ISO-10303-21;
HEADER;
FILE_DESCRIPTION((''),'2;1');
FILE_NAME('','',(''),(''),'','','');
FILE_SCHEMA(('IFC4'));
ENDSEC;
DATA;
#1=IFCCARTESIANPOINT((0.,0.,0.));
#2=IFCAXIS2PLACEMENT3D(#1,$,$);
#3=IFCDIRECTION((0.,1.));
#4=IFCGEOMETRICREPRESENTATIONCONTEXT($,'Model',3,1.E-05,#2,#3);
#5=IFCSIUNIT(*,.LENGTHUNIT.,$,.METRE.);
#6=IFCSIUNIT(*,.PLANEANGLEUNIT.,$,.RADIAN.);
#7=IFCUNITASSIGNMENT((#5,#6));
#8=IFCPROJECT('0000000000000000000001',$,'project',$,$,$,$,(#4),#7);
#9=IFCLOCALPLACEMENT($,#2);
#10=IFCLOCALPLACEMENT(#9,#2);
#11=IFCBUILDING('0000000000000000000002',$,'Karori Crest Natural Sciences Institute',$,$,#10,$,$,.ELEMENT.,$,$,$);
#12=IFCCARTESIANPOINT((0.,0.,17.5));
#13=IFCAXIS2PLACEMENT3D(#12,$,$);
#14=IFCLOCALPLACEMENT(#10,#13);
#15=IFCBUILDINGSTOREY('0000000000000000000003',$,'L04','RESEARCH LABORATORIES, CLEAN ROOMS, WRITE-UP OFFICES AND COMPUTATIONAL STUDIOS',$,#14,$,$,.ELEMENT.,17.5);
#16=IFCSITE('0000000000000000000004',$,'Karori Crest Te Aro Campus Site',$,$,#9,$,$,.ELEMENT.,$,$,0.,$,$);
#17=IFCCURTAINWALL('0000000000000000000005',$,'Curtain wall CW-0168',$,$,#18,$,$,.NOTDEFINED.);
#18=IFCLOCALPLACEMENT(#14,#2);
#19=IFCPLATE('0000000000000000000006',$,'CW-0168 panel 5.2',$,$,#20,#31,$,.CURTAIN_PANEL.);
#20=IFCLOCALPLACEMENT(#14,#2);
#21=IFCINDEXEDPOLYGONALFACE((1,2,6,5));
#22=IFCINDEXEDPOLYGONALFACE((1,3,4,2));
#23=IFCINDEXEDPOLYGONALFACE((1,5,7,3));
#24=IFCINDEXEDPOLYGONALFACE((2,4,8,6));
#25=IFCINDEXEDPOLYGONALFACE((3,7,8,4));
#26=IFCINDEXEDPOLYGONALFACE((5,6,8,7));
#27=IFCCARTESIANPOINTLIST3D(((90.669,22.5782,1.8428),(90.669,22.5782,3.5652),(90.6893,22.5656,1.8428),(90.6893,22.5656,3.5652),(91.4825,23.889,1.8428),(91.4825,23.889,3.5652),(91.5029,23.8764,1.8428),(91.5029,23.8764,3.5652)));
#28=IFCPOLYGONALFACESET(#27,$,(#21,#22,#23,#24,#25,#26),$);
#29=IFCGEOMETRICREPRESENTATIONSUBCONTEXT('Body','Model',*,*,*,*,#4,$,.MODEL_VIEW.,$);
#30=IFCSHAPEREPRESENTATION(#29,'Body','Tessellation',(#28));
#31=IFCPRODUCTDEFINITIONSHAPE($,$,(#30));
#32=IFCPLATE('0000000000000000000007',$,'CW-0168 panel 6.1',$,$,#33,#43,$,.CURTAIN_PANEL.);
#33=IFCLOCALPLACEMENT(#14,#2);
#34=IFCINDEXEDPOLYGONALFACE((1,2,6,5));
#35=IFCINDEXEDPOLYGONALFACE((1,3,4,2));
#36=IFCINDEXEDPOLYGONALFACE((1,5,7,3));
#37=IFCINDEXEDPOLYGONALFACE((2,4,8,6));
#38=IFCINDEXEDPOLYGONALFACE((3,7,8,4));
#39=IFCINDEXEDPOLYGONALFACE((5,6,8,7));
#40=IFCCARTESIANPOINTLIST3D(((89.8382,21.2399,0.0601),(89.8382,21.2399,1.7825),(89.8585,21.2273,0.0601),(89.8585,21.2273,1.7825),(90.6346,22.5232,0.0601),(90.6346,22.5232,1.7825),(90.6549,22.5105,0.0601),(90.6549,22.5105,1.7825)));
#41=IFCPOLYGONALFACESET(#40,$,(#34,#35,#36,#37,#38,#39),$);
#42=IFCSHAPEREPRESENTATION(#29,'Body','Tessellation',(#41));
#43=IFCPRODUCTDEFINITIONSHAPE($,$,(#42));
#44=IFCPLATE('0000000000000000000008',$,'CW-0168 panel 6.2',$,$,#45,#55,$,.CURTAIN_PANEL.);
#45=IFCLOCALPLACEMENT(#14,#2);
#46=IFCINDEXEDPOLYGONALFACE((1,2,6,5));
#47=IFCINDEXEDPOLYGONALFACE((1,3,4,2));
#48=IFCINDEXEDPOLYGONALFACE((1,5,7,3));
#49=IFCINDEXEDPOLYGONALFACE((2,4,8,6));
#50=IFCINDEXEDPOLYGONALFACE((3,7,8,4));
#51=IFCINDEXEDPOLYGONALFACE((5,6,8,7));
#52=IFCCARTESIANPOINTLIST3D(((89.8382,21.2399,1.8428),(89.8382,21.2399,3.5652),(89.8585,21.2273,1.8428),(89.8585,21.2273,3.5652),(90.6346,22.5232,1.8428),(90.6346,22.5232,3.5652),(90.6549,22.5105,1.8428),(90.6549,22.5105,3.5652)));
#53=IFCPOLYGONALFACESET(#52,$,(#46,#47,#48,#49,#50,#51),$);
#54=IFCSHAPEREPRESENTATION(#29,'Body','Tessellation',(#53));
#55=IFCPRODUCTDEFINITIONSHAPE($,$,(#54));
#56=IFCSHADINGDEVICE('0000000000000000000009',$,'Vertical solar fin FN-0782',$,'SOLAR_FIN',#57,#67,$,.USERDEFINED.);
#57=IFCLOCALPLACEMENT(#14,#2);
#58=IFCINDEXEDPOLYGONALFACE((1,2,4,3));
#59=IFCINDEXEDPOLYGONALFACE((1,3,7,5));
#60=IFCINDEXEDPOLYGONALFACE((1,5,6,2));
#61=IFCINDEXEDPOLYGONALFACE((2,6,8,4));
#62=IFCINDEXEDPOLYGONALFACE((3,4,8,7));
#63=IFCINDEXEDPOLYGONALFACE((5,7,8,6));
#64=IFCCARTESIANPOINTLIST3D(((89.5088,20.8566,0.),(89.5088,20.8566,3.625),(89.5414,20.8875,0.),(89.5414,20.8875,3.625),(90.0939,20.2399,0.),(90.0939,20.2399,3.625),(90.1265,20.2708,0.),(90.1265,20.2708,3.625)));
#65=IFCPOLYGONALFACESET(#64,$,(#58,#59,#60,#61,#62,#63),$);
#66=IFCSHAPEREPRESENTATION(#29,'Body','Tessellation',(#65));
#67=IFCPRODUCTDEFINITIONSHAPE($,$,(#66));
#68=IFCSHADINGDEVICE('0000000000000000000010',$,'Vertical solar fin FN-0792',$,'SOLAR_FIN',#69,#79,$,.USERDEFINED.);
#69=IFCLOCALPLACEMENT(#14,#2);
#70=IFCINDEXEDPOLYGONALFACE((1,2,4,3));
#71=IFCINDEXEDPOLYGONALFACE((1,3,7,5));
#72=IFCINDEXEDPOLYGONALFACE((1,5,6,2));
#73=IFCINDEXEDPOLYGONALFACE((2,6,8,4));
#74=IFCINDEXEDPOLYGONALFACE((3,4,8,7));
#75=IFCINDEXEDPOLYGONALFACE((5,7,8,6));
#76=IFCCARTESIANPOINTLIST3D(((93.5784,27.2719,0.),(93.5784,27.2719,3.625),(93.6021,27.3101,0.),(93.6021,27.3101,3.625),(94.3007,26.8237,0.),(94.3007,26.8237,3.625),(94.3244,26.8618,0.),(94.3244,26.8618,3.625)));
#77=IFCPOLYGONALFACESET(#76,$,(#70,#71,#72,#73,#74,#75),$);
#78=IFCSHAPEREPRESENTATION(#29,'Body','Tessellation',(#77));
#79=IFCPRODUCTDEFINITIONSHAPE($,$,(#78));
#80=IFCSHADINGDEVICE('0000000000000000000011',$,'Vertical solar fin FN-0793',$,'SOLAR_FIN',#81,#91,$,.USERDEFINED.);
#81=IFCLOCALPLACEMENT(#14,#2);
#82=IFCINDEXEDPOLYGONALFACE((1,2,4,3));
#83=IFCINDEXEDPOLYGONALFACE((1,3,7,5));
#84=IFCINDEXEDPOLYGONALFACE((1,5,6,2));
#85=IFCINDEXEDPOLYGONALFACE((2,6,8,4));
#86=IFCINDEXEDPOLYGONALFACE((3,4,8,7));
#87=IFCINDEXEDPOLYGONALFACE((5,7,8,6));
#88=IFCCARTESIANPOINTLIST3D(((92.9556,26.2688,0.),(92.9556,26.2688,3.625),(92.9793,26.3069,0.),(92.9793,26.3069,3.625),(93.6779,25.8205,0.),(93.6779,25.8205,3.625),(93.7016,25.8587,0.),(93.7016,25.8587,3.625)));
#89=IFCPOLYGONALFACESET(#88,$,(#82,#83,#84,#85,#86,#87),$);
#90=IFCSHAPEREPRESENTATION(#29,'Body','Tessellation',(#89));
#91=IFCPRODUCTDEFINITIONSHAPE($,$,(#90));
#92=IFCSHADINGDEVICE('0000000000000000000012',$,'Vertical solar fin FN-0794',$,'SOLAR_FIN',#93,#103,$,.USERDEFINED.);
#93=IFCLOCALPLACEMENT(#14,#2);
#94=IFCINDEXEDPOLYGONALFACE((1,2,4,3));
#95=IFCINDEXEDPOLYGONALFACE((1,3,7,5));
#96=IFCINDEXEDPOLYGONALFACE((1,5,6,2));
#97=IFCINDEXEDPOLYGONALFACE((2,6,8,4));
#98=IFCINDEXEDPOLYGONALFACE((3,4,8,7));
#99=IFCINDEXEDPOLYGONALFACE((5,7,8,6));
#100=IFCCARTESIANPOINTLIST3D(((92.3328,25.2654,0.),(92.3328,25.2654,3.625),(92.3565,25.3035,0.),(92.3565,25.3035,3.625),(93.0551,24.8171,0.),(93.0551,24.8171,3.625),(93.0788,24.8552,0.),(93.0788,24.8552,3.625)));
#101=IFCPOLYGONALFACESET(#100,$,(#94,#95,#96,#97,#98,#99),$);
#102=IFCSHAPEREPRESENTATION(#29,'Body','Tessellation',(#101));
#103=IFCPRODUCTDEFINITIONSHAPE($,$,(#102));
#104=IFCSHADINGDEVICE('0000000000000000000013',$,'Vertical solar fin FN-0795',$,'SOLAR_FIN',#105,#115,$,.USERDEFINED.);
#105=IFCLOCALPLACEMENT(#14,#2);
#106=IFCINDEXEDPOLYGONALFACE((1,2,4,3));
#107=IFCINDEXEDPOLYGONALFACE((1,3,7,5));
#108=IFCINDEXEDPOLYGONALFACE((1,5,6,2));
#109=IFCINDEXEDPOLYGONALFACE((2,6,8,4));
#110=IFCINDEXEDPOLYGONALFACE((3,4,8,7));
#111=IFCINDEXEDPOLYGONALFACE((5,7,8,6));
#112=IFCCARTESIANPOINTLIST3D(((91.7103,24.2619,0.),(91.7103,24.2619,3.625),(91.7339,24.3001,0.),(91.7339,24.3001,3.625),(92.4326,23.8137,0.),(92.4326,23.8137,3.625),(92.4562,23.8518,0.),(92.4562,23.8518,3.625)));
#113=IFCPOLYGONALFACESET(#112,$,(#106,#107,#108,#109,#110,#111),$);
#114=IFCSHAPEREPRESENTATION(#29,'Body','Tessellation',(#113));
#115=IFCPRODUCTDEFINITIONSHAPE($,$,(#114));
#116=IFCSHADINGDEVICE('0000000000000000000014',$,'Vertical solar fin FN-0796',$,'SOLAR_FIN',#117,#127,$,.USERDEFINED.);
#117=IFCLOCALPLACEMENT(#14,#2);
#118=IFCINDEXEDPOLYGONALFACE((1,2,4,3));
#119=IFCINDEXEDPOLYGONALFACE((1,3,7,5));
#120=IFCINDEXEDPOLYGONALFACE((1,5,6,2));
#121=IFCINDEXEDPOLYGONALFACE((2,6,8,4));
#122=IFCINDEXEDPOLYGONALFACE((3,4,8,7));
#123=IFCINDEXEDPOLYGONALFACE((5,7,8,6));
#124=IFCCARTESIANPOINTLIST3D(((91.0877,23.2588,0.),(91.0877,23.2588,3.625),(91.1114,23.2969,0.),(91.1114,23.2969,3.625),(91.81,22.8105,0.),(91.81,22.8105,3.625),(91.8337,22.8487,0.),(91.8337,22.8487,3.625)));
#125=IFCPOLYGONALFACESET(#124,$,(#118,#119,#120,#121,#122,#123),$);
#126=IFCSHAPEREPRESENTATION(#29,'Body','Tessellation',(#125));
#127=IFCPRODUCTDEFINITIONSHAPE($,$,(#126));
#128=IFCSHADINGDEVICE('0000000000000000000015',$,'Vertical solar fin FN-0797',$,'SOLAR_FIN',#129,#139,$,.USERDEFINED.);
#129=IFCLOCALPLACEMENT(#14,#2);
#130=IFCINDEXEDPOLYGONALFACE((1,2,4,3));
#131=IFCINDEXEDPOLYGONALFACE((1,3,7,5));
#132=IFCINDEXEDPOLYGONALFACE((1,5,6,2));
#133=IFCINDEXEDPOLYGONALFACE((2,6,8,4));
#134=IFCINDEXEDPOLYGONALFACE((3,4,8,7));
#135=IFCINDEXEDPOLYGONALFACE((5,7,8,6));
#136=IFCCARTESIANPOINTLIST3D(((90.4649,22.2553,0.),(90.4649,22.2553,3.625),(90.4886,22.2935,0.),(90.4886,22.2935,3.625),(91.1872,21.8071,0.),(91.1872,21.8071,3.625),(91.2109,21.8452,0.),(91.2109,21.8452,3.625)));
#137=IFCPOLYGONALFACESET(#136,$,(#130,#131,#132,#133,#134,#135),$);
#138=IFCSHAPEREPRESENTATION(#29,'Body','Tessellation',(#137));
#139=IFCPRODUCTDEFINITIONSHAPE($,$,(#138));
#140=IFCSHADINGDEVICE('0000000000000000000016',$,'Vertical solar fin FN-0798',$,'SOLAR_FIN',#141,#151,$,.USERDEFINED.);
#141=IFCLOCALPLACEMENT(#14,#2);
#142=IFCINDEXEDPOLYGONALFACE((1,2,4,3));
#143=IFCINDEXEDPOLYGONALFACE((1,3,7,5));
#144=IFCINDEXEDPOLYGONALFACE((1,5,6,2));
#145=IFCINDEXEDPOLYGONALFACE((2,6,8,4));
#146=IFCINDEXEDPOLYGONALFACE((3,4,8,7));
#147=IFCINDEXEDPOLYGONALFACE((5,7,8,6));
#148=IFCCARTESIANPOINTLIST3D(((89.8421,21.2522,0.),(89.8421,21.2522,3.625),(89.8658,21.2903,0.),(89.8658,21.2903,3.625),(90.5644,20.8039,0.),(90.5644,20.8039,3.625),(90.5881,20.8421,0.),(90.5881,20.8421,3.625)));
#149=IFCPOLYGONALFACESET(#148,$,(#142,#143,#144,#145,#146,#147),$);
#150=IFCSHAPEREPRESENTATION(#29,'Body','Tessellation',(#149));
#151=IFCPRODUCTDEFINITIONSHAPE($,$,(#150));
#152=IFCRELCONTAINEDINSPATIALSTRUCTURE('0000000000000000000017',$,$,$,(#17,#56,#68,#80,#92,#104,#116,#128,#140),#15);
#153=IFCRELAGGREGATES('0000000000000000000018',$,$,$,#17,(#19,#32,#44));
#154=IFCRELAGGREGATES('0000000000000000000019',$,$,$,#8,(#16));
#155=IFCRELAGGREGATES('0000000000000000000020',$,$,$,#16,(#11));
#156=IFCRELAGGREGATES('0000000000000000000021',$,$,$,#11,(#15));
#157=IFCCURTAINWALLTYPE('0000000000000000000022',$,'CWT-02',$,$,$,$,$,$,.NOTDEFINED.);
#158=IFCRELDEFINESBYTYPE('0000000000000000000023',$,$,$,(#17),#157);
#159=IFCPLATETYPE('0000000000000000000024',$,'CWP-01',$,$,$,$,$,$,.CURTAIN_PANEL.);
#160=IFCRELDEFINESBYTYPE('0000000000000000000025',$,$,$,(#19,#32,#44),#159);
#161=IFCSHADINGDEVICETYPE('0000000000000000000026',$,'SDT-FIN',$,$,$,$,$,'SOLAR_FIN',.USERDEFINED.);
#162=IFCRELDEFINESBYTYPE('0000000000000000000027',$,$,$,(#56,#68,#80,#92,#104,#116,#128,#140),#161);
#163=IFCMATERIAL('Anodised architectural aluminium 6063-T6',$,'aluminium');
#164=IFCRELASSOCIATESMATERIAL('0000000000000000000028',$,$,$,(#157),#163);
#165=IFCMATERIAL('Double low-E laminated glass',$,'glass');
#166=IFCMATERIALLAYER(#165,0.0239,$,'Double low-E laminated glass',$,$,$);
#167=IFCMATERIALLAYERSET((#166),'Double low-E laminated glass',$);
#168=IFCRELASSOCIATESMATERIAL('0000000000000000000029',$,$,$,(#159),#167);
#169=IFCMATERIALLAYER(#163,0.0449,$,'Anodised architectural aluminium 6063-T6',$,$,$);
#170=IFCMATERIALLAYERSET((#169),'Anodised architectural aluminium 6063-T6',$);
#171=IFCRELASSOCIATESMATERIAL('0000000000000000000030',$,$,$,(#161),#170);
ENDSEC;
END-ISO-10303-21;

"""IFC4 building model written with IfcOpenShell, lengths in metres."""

from ifc_helpers import new_model, si_unit, direction, frame, origin, origin_2d, place, context, subcontext, project, spatial, rectangle, extrude, material, layer, layer_set, type_object, element, aggregate, save


model = new_model("IFC4")

# Units and contexts
model_context = context("Model", 3, precision=1e-05, world=origin(), true_north=direction((0.0, 1.0)))
body_context = subcontext(model_context, "Body", "Model", "MODEL_VIEW")
ifc_project = project(units=[si_unit("LENGTHUNIT", "METRE"), si_unit("PLANEANGLEUNIT", "RADIAN")], contexts=[model_context])

# Site, building, storey
site_placement = place(None, origin())
site = spatial("IfcSite", under=ifc_project, at=site_placement, Name="Karori Crest Te Aro Campus Site", CompositionType="ELEMENT", RefElevation=0.0)
building_placement = place(site_placement, origin())
building = spatial("IfcBuilding", under=site, at=building_placement, Name="Karori Crest Natural Sciences Institute", CompositionType="ELEMENT")
storey_placement = place(building_placement, frame((0.0, 0.0, 17.5)))
storey = spatial("IfcBuildingStorey", under=building, at=storey_placement, Name="L04", Description="RESEARCH LABORATORIES, CLEAN ROOMS, WRITE-UP OFFICES AND COMPUTATIONAL STUDIOS", CompositionType="ELEMENT", Elevation=17.5)

# Curtain wall, plates
ifc_material_1 = material(Name="Anodised architectural aluminium 6063-T6", Category="aluminium")
curtain_wall_type = type_object("IfcCurtainWallType", Name="CWT-02", PredefinedType="NOTDEFINED", material=ifc_material_1)
curtain_wall_placement = place(storey_placement, origin())
curtain_wall = element("IfcCurtainWall", 1, at=curtain_wall_placement, inside=storey, type_object=curtain_wall_type, Name="Curtain wall CW-0168", PredefinedType="NOTDEFINED")
ifc_material_2 = material(Name="Double low-E laminated glass", Category="glass")
ifc_layer_1 = layer(ifc_material_2, 0.0239, Name="Double low-E laminated glass")
ifc_layer_set_1 = layer_set([ifc_layer_1], Name="Double low-E laminated glass")
plate_type = type_object("IfcPlateType", Name="CWP-01", PredefinedType="CURTAIN_PANEL", material=ifc_layer_set_1)
plate_1_placement = place(storey_placement, frame((91.0859, 23.2273, 1.8428), z_axis=(0.0, 0.0, 1.0), x_axis=(-0.527324, -0.849664, 0.0)))
plate_1 = element("IfcPlate", 2, at=plate_1_placement, type_object=plate_type, Name="CW-0168 panel 5.2", PredefinedType="CURTAIN_PANEL", context=body_context, shape_type="SweptSolid", body=[
    extrude(rectangle(XDim=1.5427, YDim=0.0239, at=origin_2d()), origin(), (0.0, 0.0, 1.0), 1.7224),
])
plate_2_placement = place(storey_placement, frame((90.2466, 21.8752, 0.0601), z_axis=(0.0, 0.0, 1.0), x_axis=(-0.527324, -0.849664, 0.0)))
plate_2 = element("IfcPlate", 3, at=plate_2_placement, type_object=plate_type, Name="CW-0168 panel 6.1", PredefinedType="CURTAIN_PANEL", context=body_context, shape_type="SweptSolid", body=[
    extrude(rectangle(XDim=1.5103, YDim=0.0239, at=origin_2d()), origin(), (0.0, 0.0, 1.0), 1.7224),
])
plate_3_placement = place(storey_placement, frame((90.2466, 21.8752, 1.8428), z_axis=(0.0, 0.0, 1.0), x_axis=(-0.527324, -0.849664, 0.0)))
plate_3 = element("IfcPlate", 4, at=plate_3_placement, type_object=plate_type, Name="CW-0168 panel 6.2", PredefinedType="CURTAIN_PANEL", context=body_context, shape_type="SweptSolid", body=[
    extrude(rectangle(XDim=1.5103, YDim=0.0239, at=origin_2d()), origin(), (0.0, 0.0, 1.0), 1.7224),
])
aggregate(curtain_wall, [plate_1, plate_2, plate_3])

# Shading devices
ifc_layer_2 = layer(ifc_material_1, 0.0449, Name="Anodised architectural aluminium 6063-T6")
ifc_layer_set_2 = layer_set([ifc_layer_2], Name="Anodised architectural aluminium 6063-T6")
shading_device_type = type_object("IfcShadingDeviceType", Name="SDT-FIN", ElementType="SOLAR_FIN", PredefinedType="USERDEFINED", material=ifc_layer_set_2)
for number, where, z_axis, x_axis, name in (
    (5, (89.8176, 20.5637, 0.0), (0.0, 0.0, 1.0), (0.688251, -0.725473, 0.0), "Vertical solar fin FN-0782"),
    (6, (93.9514, 27.0669, 0.0), (0.0, 0.0, 1.0), (0.849665, -0.527324, 0.0), "Vertical solar fin FN-0792"),
    (7, (93.3286, 26.0637, 0.0), (0.0, 0.0, 1.0), (0.849665, -0.527324, 0.0), "Vertical solar fin FN-0793"),
    (8, (92.7058, 25.0603, 0.0), (0.0, 0.0, 1.0), (0.849665, -0.527324, 0.0), "Vertical solar fin FN-0794"),
    (9, (92.0833, 24.0569, 0.0), (0.0, 0.0, 1.0), (0.849665, -0.527324, 0.0), "Vertical solar fin FN-0795"),
    (10, (91.4607, 23.0537, 0.0), (0.0, 0.0, 1.0), (0.849665, -0.527324, 0.0), "Vertical solar fin FN-0796"),
    (11, (90.8379, 22.0503, 0.0), (0.0, 0.0, 1.0), (0.849665, -0.527324, 0.0), "Vertical solar fin FN-0797"),
    (12, (90.2151, 21.0471, 0.0), (0.0, 0.0, 1.0), (0.849665, -0.527324, 0.0), "Vertical solar fin FN-0798"),
):
    element("IfcShadingDevice", number, at=place(storey_placement, frame(where, z_axis=z_axis, x_axis=x_axis)), inside=storey, type_object=shading_device_type, Name=name, ObjectType="SOLAR_FIN", PredefinedType="USERDEFINED", context=body_context, shape_type="SweptSolid", body=[
        extrude(rectangle(XDim=0.8501, YDim=0.0449, at=origin_2d()), origin(), (0.0, 0.0, 1.0), 3.625),
    ])

save(model, "model.ifc")
